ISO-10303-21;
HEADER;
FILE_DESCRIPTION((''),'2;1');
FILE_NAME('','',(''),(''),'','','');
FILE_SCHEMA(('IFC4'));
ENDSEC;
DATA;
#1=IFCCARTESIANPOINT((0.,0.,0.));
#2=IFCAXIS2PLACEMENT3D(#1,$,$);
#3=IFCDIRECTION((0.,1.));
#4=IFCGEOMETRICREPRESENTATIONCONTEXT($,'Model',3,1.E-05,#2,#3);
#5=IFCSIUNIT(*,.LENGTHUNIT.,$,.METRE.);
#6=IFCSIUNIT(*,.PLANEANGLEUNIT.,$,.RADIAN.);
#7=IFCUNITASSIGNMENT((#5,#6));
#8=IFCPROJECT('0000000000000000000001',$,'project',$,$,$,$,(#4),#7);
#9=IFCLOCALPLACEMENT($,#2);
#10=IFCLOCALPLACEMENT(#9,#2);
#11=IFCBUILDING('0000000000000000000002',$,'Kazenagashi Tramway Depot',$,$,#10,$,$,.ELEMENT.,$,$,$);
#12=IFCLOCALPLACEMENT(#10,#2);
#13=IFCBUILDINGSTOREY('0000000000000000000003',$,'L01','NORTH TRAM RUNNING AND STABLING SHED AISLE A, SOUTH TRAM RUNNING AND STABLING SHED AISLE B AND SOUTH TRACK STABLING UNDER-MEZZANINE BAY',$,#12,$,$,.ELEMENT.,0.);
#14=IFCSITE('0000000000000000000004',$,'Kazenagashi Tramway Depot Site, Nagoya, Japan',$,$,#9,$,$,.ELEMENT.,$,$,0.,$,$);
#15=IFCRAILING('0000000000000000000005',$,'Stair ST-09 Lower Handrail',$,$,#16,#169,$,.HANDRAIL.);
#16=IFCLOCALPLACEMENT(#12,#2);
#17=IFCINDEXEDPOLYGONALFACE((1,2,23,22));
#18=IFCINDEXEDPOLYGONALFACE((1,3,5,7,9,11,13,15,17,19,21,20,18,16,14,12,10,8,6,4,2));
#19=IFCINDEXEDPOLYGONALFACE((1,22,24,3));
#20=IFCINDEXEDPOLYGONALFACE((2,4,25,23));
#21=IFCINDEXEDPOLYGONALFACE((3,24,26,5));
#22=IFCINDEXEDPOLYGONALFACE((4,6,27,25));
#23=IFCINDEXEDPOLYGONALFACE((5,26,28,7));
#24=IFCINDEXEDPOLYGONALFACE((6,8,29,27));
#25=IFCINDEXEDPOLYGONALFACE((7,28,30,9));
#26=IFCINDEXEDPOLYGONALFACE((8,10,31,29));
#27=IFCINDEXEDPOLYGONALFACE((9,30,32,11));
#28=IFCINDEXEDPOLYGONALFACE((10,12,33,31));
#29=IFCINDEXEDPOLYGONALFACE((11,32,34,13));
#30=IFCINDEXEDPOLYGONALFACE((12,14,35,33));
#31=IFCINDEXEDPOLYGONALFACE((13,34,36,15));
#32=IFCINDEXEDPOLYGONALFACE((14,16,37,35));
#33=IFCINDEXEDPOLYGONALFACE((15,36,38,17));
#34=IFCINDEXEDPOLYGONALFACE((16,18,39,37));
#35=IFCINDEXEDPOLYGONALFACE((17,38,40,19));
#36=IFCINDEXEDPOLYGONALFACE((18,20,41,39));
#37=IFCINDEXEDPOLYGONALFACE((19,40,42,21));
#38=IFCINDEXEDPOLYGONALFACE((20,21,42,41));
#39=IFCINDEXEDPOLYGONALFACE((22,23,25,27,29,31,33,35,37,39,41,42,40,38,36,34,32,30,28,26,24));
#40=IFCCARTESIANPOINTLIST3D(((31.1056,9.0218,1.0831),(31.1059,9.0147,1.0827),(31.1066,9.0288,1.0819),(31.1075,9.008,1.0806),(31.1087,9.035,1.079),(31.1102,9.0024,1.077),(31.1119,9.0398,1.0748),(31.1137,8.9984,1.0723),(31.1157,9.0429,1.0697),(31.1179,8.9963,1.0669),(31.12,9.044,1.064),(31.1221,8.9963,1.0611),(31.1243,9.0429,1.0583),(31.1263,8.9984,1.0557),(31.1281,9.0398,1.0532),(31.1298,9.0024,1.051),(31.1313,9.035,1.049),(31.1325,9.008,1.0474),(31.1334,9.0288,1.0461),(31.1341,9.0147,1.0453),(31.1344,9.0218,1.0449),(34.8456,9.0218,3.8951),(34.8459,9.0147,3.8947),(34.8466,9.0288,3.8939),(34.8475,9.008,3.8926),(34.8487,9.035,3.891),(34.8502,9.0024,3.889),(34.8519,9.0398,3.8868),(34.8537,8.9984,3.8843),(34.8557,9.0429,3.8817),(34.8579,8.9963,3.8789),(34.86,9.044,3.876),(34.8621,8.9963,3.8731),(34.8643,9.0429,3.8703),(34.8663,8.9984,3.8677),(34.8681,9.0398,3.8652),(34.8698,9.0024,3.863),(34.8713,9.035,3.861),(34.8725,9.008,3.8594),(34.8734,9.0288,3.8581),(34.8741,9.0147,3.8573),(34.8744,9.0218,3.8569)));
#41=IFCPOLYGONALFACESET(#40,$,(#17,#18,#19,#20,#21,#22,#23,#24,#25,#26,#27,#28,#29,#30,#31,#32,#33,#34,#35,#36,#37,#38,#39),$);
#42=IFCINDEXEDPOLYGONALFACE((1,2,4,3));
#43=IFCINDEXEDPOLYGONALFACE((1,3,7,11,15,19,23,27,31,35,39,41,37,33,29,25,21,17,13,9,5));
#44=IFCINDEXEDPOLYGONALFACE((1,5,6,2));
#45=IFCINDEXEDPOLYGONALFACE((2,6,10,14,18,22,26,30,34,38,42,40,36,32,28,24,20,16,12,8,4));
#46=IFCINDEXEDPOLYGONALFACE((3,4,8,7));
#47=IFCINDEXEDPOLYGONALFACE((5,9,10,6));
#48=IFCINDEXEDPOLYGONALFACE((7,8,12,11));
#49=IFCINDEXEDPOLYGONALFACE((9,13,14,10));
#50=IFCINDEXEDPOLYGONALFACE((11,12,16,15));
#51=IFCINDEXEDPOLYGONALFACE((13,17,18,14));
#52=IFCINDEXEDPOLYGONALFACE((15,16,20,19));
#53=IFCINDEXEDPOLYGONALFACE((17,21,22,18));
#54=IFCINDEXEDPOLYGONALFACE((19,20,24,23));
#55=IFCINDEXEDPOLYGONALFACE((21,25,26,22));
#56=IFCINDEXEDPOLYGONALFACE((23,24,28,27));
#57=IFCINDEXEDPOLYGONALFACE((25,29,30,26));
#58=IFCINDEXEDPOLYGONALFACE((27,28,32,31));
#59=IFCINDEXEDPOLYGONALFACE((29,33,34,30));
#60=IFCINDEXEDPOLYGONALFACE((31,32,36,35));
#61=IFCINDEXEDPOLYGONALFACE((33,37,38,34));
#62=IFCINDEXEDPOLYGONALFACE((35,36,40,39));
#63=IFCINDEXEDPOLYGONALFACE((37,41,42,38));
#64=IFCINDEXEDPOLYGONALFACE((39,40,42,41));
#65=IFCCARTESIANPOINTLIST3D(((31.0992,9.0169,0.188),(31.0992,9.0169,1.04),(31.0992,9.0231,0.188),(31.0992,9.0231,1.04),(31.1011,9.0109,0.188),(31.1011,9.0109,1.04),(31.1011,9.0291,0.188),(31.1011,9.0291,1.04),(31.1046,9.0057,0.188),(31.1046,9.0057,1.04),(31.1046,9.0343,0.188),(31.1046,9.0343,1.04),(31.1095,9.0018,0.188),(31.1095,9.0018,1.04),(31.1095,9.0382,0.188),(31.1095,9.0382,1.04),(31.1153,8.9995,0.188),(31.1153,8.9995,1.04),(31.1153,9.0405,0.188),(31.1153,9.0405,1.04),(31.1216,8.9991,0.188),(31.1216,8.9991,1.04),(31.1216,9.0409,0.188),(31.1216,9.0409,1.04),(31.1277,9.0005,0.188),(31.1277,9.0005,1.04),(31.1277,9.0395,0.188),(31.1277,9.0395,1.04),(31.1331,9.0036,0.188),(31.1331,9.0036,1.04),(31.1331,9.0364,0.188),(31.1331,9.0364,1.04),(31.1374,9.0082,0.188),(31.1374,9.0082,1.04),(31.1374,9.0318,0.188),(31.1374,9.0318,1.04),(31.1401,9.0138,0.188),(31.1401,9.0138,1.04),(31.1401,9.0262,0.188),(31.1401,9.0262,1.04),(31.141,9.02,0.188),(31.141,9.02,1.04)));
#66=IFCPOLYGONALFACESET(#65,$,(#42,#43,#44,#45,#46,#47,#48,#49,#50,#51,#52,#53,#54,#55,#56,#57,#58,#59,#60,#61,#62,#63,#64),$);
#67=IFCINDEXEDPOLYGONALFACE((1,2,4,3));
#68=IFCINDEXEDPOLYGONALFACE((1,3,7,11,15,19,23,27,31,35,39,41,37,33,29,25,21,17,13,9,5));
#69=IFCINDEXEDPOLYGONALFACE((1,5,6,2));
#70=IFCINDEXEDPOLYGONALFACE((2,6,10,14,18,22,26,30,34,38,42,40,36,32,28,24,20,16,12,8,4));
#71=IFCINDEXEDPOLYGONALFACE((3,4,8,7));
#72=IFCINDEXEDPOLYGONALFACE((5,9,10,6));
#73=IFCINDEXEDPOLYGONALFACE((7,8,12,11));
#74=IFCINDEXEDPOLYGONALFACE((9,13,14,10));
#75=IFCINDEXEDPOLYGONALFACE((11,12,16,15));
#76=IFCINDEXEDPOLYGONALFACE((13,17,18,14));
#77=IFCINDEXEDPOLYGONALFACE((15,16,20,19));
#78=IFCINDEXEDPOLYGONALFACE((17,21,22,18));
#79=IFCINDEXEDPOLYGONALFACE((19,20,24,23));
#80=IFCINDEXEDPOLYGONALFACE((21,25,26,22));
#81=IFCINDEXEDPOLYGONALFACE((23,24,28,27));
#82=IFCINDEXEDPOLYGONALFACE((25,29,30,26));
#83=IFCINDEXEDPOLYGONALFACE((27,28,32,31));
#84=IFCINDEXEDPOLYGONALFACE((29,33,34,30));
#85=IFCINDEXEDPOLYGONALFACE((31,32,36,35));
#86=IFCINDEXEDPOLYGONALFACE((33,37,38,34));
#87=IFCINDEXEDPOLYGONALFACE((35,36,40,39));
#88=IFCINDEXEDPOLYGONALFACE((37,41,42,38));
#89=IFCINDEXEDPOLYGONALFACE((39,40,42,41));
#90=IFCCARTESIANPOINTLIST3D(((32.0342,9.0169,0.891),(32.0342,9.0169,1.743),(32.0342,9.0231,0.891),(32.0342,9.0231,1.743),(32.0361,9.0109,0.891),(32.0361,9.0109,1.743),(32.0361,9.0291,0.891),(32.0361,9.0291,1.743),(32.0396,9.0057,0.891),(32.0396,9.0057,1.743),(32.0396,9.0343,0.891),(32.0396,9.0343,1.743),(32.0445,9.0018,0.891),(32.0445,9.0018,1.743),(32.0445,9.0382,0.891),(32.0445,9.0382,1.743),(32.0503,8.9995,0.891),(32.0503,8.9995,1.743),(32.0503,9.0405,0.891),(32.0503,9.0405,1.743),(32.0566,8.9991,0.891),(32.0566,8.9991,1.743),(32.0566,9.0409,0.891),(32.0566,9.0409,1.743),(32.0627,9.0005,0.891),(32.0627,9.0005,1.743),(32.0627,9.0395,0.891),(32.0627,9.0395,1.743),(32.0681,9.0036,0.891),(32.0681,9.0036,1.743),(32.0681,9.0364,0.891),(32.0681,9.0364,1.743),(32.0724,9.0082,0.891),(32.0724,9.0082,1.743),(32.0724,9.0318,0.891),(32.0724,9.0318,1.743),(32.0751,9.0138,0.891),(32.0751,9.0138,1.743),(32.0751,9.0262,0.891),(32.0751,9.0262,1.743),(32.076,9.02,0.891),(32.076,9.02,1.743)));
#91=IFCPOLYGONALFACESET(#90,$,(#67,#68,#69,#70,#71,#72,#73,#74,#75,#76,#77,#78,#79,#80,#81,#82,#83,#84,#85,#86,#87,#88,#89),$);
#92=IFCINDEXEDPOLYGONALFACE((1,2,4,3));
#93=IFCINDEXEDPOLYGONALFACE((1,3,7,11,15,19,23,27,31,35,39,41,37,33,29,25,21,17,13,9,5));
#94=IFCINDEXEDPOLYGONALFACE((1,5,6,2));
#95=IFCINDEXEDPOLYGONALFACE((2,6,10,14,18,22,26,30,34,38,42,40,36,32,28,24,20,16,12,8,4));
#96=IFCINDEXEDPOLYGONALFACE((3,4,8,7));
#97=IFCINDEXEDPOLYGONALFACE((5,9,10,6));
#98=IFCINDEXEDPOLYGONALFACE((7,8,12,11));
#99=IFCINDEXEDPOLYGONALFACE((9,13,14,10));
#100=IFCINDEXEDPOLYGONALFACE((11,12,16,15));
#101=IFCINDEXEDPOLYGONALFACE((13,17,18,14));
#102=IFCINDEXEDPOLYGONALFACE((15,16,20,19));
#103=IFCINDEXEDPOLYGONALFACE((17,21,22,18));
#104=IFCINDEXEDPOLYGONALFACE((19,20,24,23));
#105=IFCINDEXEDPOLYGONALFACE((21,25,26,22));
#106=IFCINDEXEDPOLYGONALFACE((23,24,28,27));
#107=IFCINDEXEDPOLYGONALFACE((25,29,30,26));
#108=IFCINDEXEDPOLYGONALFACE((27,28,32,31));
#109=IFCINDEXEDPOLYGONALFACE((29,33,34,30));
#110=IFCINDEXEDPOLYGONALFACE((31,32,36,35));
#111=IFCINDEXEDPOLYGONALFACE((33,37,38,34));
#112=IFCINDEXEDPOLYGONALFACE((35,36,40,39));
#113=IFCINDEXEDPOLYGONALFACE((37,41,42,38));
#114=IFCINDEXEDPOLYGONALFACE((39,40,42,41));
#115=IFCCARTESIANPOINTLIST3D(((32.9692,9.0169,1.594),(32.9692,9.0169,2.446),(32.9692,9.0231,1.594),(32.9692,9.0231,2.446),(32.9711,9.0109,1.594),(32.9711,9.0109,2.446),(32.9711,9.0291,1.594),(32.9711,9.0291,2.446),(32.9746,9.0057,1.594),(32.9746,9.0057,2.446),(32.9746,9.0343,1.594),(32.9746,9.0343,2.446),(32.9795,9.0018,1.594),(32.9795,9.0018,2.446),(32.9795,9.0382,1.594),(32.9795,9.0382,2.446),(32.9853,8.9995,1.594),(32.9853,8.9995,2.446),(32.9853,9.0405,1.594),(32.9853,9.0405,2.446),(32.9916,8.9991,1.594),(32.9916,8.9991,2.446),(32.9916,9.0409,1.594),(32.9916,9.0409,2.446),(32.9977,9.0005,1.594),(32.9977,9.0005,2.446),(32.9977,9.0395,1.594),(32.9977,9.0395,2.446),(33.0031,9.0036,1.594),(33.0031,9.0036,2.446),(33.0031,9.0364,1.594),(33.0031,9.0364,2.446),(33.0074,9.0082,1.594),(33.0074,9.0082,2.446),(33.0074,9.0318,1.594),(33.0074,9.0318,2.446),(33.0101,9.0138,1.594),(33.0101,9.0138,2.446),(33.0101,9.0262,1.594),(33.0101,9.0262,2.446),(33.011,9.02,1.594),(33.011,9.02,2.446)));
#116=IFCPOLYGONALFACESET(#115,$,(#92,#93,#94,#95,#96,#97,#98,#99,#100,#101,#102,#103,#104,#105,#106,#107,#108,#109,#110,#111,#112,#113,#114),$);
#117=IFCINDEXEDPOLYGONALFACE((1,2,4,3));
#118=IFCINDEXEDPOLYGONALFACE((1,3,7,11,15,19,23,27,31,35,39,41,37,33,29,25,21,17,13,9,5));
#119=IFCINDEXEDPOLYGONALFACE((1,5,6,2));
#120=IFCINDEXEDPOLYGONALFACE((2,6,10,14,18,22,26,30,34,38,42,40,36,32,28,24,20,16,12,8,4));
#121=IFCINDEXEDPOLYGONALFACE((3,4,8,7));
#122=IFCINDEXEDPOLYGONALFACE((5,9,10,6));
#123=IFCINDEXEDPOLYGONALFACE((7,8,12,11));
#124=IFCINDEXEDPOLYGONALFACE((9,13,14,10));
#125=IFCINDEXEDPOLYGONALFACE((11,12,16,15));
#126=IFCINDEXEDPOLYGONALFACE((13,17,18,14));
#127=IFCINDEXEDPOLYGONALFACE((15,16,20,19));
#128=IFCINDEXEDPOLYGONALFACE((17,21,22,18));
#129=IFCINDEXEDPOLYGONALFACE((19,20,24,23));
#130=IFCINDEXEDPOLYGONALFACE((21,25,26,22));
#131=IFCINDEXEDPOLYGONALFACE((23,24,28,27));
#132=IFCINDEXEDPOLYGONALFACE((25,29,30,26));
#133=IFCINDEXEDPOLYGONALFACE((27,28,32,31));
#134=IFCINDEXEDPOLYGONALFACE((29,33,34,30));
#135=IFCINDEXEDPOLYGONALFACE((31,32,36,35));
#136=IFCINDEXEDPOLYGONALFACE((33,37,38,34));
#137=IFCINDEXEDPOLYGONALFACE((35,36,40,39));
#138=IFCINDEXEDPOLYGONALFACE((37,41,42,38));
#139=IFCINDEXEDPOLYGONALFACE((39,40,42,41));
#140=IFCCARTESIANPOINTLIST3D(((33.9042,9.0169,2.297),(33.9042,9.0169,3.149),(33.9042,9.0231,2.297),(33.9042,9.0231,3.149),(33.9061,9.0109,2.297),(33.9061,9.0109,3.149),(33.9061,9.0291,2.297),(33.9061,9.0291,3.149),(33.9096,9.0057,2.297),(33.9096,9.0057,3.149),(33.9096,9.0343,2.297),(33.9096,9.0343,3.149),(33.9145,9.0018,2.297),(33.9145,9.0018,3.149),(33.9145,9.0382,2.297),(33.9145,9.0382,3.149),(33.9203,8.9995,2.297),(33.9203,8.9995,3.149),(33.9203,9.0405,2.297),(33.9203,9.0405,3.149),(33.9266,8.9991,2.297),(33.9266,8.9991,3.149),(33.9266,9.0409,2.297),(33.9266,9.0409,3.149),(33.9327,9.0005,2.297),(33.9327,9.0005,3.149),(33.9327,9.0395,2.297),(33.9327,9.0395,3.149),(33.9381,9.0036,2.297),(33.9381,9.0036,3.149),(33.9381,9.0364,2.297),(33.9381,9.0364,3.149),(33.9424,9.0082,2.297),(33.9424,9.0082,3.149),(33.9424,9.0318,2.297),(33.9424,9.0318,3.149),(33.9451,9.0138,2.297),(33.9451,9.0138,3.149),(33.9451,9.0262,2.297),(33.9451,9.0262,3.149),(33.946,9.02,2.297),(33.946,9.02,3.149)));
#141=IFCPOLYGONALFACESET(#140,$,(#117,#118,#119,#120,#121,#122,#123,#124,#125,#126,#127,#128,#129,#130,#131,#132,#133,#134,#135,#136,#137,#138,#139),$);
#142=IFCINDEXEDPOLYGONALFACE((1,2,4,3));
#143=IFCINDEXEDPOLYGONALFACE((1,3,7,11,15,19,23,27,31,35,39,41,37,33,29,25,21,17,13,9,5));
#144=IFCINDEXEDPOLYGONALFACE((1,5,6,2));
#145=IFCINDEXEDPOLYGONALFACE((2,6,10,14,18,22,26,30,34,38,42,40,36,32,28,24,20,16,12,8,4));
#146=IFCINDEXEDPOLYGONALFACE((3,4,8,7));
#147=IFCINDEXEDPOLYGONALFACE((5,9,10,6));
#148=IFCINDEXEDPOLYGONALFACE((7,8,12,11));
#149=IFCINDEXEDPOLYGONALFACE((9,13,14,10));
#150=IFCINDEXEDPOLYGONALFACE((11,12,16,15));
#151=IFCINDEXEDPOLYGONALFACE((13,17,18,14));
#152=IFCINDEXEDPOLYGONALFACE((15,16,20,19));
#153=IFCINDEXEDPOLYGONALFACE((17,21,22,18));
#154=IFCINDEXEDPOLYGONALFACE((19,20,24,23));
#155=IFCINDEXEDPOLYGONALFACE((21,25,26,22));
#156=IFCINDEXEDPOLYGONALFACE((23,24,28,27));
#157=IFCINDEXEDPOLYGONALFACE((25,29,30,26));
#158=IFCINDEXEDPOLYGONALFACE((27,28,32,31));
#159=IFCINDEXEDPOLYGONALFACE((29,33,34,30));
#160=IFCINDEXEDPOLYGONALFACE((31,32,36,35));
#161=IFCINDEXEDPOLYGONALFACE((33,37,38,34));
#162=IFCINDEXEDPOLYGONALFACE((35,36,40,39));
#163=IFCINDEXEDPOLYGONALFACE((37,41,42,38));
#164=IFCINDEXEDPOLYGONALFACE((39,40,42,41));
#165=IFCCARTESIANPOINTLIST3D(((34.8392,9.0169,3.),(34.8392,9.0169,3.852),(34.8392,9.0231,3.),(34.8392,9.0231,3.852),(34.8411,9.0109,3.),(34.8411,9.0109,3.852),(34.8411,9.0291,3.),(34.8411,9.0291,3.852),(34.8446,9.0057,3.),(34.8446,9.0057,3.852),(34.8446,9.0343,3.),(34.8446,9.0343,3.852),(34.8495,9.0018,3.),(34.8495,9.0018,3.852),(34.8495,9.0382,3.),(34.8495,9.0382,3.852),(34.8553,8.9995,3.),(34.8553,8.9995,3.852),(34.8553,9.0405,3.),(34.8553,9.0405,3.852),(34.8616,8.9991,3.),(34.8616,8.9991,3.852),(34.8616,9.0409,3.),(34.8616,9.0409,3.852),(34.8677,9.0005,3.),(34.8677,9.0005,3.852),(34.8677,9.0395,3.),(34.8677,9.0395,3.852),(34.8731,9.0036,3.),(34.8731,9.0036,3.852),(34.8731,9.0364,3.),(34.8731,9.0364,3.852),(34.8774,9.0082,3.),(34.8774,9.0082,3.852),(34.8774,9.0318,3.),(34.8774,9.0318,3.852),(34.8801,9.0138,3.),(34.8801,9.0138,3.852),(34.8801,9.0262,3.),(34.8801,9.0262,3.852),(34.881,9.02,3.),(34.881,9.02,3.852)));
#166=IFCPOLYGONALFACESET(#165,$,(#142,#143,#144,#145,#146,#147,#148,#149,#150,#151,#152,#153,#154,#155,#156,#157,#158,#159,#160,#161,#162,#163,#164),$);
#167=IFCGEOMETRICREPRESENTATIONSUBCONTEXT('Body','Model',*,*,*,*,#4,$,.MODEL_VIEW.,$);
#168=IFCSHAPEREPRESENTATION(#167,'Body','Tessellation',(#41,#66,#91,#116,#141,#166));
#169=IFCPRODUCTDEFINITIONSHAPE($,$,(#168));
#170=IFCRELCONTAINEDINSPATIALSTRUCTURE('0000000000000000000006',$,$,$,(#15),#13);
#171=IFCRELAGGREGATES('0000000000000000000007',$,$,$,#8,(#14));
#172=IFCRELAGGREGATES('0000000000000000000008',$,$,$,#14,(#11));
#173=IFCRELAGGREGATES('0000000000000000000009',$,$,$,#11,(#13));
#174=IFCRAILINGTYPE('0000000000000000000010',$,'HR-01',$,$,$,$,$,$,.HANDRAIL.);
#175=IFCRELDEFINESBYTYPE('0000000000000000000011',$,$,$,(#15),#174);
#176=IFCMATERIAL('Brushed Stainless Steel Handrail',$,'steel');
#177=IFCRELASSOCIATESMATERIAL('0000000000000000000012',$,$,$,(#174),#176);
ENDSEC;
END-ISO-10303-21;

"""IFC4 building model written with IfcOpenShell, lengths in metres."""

from ifc_helpers import new_model, si_unit, direction, frame, origin, origin_2d, place, context, subcontext, project, spatial, circle, extrude, material, type_object, element, save


model = new_model("IFC4")

# Units and contexts
model_context = context("Model", 3, precision=1e-05, world=origin(), true_north=direction((0.0, 1.0)))
body_context = subcontext(model_context, "Body", "Model", "MODEL_VIEW")
ifc_project = project(units=[si_unit("LENGTHUNIT", "METRE"), si_unit("PLANEANGLEUNIT", "RADIAN")], contexts=[model_context])

# Site, building, storey
site_placement = place(None, origin())
site = spatial("IfcSite", under=ifc_project, at=site_placement, Name="Kazenagashi Tramway Depot Site, Nagoya, Japan", CompositionType="ELEMENT", RefElevation=0.0)
building_placement = place(site_placement, origin())
building = spatial("IfcBuilding", under=site, at=building_placement, Name="Kazenagashi Tramway Depot", CompositionType="ELEMENT")
storey_placement = place(building_placement, origin())
storey = spatial("IfcBuildingStorey", under=building, at=storey_placement, Name="L01", Description="NORTH TRAM RUNNING AND STABLING SHED AISLE A, SOUTH TRAM RUNNING AND STABLING SHED AISLE B AND SOUTH TRACK STABLING UNDER-MEZZANINE BAY", CompositionType="ELEMENT", Elevation=0.0)

# Railing
ifc_material_1 = material(Name="Brushed Stainless Steel Handrail", Category="steel")
railing_type = type_object("IfcRailingType", Name="HR-01", PredefinedType="HANDRAIL", material=ifc_material_1)
railing_1_placement = place(storey_placement, frame((31.12, 9.02, 0.188)))
element("IfcRailing", 1, at=railing_1_placement, inside=storey, type_object=railing_type, Name="Stair ST-09 Lower Handrail", PredefinedType="HANDRAIL", context=body_context, shape_type="SweptSolid", body=[
    extrude(circle(Radius=0.024, at=origin_2d()), frame((0.0, 0.0, 0.876), z_axis=(0.799281, 0.0, 0.600957), x_axis=(0.0, 1.0, 0.0)), (0.0, 0.0, 1.0), 4.6792),
    extrude(circle(Radius=0.021, at=origin_2d()), origin(), (0.0, 0.0, 1.0), 0.852),
    extrude(circle(Radius=0.021, at=origin_2d()), frame((0.935, 0.0, 0.703)), (0.0, 0.0, 1.0), 0.852),
    extrude(circle(Radius=0.021, at=origin_2d()), frame((1.87, 0.0, 1.406)), (0.0, 0.0, 1.0), 0.852),
    extrude(circle(Radius=0.021, at=origin_2d()), frame((2.805, 0.0, 2.109)), (0.0, 0.0, 1.0), 0.852),
    extrude(circle(Radius=0.021, at=origin_2d()), frame((3.74, 0.0, 2.812)), (0.0, 0.0, 1.0), 0.852),
])

save(model, "model.ifc")
